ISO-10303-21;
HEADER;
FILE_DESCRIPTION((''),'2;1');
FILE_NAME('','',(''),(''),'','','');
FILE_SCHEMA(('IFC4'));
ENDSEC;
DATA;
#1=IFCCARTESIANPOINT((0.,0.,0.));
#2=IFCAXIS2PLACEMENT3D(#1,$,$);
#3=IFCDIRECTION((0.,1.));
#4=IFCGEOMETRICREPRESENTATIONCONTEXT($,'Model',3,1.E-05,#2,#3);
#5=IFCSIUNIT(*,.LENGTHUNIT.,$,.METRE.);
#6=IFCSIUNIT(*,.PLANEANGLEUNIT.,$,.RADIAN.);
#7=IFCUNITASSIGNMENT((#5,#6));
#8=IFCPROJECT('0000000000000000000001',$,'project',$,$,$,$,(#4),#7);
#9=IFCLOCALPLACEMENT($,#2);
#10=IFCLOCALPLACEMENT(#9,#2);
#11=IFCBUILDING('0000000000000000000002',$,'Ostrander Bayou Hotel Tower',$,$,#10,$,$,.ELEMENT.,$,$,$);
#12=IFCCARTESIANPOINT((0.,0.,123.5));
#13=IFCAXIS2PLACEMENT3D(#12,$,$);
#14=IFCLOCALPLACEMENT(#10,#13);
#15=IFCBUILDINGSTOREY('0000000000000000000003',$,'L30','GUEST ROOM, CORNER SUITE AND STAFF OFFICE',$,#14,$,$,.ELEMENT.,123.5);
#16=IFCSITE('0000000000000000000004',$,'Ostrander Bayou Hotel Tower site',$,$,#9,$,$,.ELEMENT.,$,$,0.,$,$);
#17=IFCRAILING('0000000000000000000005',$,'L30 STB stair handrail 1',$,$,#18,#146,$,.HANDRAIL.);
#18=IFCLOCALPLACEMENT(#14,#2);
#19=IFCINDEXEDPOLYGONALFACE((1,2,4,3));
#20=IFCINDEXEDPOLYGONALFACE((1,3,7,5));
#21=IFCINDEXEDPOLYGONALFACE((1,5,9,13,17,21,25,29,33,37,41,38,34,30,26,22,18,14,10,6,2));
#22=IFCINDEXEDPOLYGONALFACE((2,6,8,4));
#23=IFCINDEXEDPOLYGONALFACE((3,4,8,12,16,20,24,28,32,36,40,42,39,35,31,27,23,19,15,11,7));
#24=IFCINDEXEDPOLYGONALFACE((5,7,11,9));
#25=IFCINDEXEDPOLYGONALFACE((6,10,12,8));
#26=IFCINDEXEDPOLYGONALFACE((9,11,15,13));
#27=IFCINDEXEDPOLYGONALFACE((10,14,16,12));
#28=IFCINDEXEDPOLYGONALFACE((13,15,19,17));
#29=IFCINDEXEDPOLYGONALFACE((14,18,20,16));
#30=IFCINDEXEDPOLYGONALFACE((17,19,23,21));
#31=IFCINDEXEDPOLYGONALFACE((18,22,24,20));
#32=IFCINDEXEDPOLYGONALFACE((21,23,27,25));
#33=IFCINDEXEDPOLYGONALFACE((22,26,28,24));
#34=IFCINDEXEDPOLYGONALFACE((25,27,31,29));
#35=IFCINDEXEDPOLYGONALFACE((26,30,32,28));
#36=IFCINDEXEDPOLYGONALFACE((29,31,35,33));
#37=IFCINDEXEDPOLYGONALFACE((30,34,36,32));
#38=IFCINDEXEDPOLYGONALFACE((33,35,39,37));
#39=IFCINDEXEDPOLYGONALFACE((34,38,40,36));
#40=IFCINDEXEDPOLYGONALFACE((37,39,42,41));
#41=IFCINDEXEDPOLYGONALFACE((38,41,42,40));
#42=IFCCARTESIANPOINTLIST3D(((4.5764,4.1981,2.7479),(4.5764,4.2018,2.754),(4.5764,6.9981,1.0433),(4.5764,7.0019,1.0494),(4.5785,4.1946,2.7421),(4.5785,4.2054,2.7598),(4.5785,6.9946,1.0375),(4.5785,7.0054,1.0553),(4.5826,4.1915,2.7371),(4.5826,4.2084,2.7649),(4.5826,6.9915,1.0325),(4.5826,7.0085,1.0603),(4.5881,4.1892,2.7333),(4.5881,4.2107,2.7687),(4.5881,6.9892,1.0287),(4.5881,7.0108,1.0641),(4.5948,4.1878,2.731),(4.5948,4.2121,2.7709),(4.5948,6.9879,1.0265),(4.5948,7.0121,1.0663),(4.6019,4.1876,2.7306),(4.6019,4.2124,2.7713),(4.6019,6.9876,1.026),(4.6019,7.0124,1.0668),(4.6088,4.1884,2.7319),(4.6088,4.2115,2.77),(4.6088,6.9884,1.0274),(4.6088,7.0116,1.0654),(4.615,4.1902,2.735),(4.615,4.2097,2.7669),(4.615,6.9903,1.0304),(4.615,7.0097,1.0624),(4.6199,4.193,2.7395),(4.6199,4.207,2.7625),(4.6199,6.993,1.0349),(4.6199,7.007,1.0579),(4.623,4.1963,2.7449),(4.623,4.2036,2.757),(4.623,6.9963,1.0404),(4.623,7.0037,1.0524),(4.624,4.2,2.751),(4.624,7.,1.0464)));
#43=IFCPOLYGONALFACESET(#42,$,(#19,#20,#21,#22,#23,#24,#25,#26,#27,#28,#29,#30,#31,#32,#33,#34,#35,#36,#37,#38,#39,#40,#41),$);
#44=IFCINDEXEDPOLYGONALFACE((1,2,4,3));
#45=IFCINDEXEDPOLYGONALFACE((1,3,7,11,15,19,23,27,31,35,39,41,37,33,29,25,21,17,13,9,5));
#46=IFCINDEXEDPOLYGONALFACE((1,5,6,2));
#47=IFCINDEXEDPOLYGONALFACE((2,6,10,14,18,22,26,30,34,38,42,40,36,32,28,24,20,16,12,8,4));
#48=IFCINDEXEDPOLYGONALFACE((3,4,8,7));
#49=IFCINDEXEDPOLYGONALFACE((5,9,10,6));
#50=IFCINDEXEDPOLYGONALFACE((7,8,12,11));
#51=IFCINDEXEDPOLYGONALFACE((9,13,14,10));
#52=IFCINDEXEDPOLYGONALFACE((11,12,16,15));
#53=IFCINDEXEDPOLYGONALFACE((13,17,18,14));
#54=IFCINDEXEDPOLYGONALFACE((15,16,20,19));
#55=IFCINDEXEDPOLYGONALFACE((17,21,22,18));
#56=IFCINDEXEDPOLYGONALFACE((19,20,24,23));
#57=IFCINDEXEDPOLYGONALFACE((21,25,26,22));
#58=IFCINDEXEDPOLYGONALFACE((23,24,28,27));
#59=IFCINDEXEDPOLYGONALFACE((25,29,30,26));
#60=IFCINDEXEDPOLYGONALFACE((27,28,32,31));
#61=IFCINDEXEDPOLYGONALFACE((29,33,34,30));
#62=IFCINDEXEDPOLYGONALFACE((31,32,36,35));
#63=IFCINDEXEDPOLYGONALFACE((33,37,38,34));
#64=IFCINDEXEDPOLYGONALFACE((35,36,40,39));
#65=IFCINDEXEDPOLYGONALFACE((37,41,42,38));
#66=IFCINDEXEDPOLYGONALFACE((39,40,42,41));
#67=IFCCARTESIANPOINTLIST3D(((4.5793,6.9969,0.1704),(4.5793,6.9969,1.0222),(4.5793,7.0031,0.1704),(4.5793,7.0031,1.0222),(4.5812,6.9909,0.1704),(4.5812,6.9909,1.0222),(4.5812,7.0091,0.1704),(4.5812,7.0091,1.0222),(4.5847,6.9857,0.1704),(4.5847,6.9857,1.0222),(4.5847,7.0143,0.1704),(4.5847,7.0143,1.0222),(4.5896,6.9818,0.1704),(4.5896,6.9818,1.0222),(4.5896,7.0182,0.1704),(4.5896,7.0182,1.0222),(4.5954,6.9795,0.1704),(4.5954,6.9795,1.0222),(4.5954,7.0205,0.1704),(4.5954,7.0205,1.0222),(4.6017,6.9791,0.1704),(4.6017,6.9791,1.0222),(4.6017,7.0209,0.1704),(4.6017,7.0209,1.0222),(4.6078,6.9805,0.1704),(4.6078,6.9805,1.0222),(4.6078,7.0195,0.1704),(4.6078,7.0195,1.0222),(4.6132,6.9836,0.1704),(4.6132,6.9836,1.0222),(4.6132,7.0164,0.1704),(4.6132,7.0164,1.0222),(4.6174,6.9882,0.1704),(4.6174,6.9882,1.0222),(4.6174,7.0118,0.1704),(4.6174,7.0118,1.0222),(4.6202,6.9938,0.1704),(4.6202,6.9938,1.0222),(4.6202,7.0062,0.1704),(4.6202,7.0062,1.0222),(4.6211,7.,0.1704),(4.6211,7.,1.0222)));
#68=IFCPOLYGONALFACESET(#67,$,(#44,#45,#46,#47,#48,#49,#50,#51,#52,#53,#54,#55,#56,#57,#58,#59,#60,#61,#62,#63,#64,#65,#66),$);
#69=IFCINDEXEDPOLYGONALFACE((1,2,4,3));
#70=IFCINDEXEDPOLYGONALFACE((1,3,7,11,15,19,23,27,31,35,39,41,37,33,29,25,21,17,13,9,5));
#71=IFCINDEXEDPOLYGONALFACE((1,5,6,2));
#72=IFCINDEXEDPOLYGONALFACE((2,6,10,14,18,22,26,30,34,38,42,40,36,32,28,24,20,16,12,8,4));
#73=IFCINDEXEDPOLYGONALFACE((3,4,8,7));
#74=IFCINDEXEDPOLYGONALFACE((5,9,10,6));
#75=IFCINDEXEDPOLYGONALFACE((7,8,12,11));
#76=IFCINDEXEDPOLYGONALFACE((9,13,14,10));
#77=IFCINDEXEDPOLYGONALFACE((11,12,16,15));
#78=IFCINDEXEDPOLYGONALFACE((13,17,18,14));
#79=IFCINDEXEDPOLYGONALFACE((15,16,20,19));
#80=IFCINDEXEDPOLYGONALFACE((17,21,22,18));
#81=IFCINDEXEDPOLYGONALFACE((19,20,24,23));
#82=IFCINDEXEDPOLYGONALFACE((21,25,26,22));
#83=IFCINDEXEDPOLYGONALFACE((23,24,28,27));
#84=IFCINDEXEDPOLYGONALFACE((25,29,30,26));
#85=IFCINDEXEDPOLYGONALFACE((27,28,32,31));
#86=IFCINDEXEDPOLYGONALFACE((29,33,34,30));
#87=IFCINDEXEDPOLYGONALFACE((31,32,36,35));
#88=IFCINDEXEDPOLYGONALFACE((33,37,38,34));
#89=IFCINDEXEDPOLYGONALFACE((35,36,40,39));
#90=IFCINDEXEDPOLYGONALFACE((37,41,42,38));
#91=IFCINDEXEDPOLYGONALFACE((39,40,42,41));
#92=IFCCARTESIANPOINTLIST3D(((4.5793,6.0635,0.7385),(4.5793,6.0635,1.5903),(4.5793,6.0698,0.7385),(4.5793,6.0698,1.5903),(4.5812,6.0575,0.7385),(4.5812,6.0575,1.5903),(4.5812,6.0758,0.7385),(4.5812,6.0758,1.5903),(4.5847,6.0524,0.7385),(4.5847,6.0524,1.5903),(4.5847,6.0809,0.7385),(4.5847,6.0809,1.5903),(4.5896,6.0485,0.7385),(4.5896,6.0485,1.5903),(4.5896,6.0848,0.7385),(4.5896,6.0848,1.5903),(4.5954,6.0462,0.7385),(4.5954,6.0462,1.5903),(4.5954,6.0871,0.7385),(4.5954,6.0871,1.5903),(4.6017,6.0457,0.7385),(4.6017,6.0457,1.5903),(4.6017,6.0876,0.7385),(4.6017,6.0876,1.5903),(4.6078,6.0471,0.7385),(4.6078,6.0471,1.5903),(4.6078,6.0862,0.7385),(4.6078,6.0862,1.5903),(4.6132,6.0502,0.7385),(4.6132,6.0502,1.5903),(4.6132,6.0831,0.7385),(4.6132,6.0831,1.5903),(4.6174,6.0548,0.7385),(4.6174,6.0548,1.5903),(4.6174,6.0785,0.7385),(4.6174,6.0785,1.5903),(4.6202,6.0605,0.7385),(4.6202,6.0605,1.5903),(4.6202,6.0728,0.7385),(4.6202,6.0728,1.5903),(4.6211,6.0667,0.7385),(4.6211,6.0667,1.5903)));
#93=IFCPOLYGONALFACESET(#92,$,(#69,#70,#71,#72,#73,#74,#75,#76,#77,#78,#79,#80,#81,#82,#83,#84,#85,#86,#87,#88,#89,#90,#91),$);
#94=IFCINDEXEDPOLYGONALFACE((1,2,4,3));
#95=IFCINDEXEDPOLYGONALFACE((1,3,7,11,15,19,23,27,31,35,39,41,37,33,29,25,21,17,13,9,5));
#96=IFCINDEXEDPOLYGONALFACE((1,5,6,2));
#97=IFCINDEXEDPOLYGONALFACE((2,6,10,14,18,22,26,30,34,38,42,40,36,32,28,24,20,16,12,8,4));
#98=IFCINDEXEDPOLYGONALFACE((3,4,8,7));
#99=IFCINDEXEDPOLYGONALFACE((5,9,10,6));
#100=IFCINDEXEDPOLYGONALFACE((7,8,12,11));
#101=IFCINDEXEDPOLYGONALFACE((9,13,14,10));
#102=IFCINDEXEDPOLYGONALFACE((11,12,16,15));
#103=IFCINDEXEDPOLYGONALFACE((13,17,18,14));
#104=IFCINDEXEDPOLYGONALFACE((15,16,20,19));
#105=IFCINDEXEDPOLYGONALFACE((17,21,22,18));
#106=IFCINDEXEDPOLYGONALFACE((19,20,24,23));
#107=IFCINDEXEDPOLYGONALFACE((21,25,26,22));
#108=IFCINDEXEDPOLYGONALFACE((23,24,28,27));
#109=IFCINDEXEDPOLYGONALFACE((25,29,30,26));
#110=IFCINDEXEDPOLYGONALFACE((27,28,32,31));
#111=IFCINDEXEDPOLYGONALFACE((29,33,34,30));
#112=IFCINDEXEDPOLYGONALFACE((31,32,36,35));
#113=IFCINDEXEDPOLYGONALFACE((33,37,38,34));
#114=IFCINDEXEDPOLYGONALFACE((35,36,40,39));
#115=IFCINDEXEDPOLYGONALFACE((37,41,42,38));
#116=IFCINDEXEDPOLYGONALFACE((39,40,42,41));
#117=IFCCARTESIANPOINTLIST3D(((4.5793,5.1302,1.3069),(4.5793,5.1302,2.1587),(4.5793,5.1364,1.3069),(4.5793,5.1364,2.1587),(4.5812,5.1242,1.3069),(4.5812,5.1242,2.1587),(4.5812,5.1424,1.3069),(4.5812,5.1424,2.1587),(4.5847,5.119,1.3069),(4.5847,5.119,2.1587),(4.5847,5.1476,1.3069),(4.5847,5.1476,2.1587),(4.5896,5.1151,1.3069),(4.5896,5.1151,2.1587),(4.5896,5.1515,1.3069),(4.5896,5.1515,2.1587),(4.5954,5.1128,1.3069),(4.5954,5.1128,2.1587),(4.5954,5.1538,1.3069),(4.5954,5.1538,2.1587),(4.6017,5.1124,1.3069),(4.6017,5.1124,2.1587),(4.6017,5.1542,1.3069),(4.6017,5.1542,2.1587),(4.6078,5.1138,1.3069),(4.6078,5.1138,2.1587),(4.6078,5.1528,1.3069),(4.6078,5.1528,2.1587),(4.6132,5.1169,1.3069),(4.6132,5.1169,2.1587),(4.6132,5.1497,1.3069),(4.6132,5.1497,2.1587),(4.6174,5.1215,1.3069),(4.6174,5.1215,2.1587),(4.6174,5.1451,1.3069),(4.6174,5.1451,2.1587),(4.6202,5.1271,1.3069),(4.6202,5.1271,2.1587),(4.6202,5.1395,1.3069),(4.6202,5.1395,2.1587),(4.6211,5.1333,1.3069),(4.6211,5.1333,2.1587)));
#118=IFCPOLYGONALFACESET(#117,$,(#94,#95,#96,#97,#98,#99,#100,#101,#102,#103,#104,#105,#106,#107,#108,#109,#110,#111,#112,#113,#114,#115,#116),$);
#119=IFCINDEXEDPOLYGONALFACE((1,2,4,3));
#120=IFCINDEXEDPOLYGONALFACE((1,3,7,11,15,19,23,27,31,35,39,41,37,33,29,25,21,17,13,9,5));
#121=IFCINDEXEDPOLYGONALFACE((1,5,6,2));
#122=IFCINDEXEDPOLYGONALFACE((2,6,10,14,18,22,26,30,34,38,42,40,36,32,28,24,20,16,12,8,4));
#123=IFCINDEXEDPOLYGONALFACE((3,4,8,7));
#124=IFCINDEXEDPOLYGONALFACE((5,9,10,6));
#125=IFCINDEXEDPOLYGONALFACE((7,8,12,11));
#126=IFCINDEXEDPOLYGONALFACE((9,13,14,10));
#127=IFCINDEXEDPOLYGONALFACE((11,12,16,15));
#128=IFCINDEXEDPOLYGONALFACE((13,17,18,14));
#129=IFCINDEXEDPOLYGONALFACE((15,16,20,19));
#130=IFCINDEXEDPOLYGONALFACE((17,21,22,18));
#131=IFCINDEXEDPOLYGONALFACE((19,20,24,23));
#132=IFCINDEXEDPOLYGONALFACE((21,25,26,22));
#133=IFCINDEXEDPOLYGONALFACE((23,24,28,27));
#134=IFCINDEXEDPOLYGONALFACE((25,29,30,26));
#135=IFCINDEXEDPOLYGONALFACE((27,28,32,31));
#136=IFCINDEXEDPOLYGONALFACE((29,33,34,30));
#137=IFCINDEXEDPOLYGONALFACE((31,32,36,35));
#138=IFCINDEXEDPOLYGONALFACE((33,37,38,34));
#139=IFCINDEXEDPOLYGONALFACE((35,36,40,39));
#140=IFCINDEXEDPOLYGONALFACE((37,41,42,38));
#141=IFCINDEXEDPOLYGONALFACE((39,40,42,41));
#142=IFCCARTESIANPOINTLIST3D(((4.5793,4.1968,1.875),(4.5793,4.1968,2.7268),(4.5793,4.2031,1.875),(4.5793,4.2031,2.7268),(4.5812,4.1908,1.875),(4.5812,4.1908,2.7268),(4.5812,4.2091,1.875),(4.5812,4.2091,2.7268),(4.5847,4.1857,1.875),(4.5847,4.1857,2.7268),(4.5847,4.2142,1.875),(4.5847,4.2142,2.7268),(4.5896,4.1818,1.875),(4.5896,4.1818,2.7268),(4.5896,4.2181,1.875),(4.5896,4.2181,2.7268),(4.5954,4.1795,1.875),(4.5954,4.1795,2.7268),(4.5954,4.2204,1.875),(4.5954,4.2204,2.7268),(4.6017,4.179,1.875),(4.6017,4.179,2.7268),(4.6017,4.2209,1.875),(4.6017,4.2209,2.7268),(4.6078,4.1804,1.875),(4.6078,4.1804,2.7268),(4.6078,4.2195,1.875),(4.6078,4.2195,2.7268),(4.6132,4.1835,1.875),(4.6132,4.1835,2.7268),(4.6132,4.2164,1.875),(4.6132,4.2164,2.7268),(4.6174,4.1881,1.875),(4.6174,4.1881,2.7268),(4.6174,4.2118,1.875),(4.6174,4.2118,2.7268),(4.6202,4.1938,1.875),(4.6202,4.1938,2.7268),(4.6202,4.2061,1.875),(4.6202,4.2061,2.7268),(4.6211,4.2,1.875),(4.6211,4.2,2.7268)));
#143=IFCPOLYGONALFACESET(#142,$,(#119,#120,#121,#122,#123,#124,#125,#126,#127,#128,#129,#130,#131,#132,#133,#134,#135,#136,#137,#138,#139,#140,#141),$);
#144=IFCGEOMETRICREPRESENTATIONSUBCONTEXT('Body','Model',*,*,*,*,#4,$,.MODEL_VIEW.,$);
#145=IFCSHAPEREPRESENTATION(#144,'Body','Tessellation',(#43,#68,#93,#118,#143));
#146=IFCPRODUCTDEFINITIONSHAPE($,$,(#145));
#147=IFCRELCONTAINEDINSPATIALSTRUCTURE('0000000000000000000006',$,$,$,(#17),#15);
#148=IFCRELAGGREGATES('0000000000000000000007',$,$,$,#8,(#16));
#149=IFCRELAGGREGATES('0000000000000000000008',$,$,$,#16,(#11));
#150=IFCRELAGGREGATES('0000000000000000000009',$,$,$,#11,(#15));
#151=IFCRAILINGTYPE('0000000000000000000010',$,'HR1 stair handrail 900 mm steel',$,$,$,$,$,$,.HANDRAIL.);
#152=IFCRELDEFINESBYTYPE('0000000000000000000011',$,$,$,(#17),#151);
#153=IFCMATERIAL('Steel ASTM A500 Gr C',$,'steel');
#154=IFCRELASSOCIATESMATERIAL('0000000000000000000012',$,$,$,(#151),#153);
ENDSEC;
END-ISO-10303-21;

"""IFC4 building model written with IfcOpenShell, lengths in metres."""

from ifc_helpers import new_model, si_unit, direction, frame, origin, origin_2d, place, context, subcontext, project, spatial, circle, extrude, material, type_object, element, save


model = new_model("IFC4")

# Units and contexts
model_context = context("Model", 3, precision=1e-05, world=origin(), true_north=direction((0.0, 1.0)))
body_context = subcontext(model_context, "Body", "Model", "MODEL_VIEW")
ifc_project = project(units=[si_unit("LENGTHUNIT", "METRE"), si_unit("PLANEANGLEUNIT", "RADIAN")], contexts=[model_context])

# Site, building, storey
site_placement = place(None, origin())
site = spatial("IfcSite", under=ifc_project, at=site_placement, Name="Ostrander Bayou Hotel Tower site", CompositionType="ELEMENT", RefElevation=0.0)
building_placement = place(site_placement, origin())
building = spatial("IfcBuilding", under=site, at=building_placement, Name="Ostrander Bayou Hotel Tower", CompositionType="ELEMENT")
storey_placement = place(building_placement, frame((0.0, 0.0, 123.5)))
storey = spatial("IfcBuildingStorey", under=building, at=storey_placement, Name="L30", Description="GUEST ROOM, CORNER SUITE AND STAFF OFFICE", CompositionType="ELEMENT", Elevation=123.5)

# Railing
ifc_material_1 = material(Name="Steel ASTM A500 Gr C", Category="steel")
railing_type_1 = type_object("IfcRailingType", Name="HR1 stair handrail 900 mm steel", PredefinedType="HANDRAIL", material=ifc_material_1)
railing_1_placement = place(storey_placement, frame((4.6001, 7.0, 0.1704)))
element("IfcRailing", 1, at=railing_1_placement, inside=storey, type_object=railing_type_1, Name="L30 STB stair handrail 1", PredefinedType="HANDRAIL", context=body_context, shape_type="SweptSolid", body=[
    extrude(circle(Radius=0.0239, at=origin_2d()), frame((0.0, 0.0, 0.876), z_axis=(0.0, -0.85417, 0.519994), x_axis=(1.0, 0.0, 0.0)), (0.0, 0.0, 1.0), 3.2781),
    extrude(circle(Radius=0.021, at=origin_2d()), origin(), (0.0, 0.0, 1.0), 0.8518),
    extrude(circle(Radius=0.021, at=origin_2d()), frame((0.0, -0.9333, 0.5681)), (0.0, 0.0, 1.0), 0.8518),
    extrude(circle(Radius=0.021, at=origin_2d()), frame((0.0, -1.8667, 1.1365)), (0.0, 0.0, 1.0), 0.8518),
    extrude(circle(Radius=0.021, at=origin_2d()), frame((0.0, -2.8, 1.7046)), (0.0, 0.0, 1.0), 0.8518),
])

save(model, "model.ifc")
